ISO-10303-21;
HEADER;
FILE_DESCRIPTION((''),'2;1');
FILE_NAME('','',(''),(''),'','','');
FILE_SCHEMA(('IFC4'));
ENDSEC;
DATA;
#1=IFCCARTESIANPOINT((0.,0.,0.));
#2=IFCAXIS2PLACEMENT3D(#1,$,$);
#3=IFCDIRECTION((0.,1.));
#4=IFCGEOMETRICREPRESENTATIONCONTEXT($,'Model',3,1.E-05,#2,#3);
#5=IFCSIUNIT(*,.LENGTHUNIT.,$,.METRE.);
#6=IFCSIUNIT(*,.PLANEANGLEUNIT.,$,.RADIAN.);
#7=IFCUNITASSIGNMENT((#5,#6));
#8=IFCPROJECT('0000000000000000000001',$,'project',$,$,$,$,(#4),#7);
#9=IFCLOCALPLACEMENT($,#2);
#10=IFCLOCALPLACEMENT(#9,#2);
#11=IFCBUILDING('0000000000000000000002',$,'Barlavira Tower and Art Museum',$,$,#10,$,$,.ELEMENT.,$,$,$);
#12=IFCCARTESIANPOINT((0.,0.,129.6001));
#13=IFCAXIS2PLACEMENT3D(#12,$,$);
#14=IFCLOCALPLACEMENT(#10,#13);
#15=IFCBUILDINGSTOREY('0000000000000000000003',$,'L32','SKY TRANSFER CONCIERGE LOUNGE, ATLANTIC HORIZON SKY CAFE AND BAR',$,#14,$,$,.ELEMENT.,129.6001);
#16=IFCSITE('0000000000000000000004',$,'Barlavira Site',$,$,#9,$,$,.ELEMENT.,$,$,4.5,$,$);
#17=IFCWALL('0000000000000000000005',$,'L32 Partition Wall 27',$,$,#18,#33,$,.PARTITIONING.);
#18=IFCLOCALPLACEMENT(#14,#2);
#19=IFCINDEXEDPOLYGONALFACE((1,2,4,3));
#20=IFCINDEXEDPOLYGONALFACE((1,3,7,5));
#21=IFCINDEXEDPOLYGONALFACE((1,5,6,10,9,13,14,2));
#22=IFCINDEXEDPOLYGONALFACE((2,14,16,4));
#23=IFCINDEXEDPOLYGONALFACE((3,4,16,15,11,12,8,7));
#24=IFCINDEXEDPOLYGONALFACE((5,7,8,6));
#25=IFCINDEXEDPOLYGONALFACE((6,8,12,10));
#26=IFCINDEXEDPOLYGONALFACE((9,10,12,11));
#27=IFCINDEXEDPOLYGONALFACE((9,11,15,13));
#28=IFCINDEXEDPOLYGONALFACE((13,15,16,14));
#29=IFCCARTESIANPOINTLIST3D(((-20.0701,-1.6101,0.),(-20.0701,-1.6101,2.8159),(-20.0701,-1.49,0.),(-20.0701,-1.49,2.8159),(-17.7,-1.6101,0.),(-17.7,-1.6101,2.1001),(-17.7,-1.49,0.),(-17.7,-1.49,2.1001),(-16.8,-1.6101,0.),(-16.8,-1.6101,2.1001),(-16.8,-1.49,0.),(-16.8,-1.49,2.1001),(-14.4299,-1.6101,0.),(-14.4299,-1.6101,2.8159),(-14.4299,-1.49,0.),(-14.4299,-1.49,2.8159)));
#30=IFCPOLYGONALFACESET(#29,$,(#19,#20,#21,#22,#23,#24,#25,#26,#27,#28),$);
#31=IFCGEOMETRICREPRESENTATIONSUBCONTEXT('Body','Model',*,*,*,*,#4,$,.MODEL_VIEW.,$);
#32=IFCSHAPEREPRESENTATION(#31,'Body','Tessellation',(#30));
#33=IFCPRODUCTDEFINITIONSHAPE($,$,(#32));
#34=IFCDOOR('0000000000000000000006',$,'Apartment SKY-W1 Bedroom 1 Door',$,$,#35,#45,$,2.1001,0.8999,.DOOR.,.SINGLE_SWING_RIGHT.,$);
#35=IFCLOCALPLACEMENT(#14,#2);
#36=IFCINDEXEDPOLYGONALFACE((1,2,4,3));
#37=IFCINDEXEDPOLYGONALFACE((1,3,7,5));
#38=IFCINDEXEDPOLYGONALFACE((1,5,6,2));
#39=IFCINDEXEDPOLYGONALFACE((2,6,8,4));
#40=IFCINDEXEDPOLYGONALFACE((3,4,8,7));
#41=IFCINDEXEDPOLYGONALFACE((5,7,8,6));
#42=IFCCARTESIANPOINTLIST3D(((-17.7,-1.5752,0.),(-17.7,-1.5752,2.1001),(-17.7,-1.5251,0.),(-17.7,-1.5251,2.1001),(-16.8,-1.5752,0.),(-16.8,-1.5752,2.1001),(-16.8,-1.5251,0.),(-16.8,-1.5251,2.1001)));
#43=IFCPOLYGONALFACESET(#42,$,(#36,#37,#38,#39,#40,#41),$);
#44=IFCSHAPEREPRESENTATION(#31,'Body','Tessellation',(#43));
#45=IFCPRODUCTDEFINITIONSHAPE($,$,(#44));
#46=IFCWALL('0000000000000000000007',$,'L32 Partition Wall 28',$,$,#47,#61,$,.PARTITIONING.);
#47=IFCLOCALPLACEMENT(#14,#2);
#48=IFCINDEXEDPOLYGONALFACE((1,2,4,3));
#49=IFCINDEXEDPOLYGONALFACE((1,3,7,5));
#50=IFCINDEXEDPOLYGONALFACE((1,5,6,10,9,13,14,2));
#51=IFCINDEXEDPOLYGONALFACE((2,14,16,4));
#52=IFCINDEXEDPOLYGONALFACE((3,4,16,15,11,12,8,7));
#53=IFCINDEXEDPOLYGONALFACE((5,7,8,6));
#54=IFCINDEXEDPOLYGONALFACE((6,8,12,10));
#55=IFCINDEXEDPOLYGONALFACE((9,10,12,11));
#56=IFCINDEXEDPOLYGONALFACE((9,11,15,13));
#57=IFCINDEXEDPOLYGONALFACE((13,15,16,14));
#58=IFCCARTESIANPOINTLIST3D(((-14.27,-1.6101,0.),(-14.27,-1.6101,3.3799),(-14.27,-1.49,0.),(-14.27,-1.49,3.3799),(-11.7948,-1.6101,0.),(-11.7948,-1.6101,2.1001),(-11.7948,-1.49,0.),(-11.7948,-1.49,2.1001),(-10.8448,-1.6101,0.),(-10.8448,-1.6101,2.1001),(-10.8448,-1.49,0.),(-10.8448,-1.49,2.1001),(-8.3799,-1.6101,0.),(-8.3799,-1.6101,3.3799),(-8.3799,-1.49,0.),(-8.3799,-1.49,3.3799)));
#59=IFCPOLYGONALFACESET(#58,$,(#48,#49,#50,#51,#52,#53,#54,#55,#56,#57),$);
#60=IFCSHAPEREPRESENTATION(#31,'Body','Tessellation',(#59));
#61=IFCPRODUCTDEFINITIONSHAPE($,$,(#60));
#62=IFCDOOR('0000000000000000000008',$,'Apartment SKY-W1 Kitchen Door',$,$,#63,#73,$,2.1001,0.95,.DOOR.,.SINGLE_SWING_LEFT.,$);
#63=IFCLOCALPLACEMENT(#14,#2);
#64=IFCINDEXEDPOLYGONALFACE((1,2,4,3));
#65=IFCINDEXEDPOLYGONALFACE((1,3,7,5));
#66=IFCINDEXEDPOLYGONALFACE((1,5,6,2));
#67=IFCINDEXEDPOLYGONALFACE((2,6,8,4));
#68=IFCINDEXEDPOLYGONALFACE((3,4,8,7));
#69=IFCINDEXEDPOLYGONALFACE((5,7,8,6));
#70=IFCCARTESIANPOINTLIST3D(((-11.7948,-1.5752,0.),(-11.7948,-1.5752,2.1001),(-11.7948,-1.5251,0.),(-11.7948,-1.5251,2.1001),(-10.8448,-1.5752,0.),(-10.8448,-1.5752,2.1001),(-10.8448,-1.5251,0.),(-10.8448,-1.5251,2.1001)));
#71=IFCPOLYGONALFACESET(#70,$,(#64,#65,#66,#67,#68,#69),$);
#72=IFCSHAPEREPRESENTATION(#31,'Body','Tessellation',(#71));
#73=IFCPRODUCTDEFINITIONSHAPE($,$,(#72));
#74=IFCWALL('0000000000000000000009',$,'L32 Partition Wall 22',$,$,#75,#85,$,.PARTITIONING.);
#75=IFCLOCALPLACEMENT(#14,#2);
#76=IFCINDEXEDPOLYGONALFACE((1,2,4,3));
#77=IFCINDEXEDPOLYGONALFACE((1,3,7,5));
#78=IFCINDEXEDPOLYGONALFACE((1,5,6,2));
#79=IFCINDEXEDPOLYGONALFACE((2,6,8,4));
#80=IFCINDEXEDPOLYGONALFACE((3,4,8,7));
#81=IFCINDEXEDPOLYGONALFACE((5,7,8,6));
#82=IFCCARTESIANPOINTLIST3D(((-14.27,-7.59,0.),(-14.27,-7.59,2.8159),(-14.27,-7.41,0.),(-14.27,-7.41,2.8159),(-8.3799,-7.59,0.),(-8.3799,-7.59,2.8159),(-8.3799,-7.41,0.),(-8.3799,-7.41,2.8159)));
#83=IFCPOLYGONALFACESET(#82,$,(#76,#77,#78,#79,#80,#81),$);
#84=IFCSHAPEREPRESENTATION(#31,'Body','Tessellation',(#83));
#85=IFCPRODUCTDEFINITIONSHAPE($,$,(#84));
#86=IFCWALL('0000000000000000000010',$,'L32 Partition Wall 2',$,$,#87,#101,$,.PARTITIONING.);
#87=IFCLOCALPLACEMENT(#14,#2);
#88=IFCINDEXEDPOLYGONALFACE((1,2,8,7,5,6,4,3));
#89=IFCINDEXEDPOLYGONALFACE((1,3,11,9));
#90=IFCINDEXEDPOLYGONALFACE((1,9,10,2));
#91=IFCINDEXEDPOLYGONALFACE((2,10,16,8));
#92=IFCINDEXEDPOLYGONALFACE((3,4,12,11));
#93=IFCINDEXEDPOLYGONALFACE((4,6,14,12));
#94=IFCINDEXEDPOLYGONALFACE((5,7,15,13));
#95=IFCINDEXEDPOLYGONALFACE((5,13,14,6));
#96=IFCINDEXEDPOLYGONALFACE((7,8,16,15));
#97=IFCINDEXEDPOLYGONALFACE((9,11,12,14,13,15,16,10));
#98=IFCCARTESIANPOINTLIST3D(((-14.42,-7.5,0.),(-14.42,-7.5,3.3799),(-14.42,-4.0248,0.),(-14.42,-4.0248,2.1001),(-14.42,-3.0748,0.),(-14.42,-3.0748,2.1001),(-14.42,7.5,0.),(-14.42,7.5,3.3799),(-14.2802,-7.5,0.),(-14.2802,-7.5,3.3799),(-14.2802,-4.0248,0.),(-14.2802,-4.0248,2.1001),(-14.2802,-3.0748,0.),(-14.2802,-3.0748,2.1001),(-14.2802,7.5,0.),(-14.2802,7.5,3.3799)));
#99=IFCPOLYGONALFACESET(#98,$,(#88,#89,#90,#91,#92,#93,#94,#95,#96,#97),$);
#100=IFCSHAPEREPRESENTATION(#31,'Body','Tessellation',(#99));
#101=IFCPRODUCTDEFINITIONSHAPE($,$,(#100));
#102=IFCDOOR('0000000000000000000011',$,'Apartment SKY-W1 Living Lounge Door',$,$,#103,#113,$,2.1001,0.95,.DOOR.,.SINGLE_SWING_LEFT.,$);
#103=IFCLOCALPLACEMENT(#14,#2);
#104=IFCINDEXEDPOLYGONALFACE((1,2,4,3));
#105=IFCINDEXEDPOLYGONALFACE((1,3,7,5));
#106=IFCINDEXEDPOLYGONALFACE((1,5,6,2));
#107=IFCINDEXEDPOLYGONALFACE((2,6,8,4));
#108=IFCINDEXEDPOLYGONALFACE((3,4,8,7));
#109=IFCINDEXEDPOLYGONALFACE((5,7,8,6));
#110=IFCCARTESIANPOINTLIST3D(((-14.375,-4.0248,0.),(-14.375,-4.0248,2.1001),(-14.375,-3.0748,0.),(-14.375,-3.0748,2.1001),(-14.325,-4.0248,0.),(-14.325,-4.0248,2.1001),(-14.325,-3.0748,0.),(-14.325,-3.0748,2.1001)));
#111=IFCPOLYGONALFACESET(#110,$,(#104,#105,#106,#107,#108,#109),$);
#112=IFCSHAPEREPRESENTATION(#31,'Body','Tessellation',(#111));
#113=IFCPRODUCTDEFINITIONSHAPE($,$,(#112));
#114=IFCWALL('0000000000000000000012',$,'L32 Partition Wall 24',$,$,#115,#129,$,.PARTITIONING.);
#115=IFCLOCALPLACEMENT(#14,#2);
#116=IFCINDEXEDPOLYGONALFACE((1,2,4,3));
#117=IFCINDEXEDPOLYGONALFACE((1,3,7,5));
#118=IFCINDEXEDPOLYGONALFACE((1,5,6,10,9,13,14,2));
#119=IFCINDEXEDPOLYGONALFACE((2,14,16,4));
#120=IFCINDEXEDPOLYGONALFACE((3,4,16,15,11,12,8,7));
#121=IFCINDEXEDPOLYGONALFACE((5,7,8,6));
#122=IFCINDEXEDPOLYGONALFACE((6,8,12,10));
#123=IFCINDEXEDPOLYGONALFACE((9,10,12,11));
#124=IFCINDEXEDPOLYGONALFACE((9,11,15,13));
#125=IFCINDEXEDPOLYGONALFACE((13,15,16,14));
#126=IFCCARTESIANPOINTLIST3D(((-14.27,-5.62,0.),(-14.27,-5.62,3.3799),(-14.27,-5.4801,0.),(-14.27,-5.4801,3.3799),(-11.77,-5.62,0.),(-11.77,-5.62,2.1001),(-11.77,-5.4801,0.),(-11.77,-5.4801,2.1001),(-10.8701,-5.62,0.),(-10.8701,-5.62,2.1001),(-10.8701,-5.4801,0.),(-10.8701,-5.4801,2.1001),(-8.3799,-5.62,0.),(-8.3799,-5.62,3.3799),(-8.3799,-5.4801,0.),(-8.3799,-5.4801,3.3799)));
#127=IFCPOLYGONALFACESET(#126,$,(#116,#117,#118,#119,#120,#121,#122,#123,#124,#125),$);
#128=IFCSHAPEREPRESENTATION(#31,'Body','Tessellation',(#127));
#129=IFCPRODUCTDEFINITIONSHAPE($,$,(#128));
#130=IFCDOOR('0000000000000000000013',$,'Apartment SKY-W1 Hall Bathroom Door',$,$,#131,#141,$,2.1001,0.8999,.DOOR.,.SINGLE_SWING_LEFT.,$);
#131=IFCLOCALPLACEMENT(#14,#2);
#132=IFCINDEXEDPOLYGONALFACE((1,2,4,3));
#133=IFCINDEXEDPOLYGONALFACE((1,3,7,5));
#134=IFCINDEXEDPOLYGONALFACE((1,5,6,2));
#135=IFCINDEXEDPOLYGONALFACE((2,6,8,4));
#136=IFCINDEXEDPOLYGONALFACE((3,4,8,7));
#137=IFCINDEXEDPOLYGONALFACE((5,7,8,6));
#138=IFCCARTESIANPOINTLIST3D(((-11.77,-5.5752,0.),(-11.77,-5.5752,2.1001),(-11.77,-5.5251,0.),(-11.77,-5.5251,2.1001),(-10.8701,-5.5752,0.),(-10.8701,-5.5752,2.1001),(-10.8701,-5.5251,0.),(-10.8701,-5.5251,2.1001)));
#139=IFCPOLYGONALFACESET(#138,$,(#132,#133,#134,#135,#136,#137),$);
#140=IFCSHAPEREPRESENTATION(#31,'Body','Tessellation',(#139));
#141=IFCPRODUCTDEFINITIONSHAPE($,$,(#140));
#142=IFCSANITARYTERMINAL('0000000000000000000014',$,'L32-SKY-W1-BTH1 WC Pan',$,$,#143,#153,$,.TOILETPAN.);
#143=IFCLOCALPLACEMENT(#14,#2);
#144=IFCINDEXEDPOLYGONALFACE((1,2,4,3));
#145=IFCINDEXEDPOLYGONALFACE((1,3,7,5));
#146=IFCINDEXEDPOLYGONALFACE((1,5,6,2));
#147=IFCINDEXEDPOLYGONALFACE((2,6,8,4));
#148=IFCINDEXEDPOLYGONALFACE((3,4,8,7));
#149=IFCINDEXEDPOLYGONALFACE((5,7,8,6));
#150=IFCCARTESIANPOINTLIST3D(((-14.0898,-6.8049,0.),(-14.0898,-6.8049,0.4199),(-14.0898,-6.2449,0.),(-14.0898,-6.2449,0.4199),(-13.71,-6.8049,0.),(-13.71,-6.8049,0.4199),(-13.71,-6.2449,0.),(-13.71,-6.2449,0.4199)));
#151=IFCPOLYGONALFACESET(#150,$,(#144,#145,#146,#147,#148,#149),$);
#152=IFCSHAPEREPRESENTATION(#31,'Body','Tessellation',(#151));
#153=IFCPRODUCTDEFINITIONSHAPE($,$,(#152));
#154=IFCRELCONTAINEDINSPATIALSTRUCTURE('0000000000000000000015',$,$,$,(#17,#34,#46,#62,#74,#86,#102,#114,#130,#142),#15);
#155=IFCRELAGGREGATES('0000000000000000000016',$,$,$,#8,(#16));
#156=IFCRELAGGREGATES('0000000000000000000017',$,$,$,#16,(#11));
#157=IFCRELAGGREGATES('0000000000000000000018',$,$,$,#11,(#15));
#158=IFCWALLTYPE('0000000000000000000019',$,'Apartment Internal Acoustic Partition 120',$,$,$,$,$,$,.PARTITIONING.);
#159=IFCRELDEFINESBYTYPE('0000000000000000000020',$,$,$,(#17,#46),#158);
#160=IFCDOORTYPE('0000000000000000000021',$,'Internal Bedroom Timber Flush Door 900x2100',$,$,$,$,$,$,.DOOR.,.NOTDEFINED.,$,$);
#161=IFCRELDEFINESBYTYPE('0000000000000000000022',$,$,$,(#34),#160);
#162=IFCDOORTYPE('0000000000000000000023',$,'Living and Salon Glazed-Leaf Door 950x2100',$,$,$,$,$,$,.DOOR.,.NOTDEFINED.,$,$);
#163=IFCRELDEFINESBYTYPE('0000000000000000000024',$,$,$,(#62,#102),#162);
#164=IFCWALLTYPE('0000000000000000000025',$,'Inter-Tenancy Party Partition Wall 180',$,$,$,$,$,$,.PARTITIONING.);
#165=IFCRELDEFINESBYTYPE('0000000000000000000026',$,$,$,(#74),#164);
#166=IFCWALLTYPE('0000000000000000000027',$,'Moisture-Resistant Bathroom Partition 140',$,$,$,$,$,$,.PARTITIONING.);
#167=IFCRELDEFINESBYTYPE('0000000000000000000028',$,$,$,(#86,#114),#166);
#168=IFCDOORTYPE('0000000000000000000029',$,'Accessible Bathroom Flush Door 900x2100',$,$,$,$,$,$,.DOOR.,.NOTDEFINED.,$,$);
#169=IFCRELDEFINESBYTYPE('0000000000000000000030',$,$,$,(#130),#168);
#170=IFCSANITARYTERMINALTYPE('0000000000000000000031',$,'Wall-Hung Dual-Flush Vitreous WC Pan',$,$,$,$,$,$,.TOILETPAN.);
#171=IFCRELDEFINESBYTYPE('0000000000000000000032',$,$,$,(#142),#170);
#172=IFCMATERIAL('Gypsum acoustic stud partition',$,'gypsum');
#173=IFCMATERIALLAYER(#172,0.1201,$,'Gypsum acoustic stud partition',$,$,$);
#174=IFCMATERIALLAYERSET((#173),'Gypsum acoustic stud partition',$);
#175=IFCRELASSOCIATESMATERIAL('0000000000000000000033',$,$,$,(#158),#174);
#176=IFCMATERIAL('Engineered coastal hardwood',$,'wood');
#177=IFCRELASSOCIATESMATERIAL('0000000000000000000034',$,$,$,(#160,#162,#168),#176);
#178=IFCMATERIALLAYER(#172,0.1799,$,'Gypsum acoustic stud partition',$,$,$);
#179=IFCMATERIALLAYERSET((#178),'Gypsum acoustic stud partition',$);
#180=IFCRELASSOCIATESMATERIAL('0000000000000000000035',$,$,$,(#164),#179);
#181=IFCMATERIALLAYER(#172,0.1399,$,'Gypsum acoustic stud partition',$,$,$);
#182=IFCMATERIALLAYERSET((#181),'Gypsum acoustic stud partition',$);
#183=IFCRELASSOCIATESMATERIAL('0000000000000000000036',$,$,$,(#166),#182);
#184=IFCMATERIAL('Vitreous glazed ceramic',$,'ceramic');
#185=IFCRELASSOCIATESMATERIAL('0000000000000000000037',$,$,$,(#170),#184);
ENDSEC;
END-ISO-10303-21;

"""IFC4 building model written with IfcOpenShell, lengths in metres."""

from ifc_helpers import new_model, si_unit, direction, frame, frame_2d, origin, origin_2d, place, context, subcontext, project, spatial, rectangle, extrude, material, layer, layer_set, type_object, element, fill, save


model = new_model("IFC4")

# Units and contexts
model_context = context("Model", 3, precision=1e-05, world=origin(), true_north=direction((0.0, 1.0)))
body_context = subcontext(model_context, "Body", "Model", "MODEL_VIEW")
ifc_project = project(units=[si_unit("LENGTHUNIT", "METRE"), si_unit("PLANEANGLEUNIT", "RADIAN")], contexts=[model_context])

# Site, building, storey
site_placement = place(None, origin())
site = spatial("IfcSite", under=ifc_project, at=site_placement, Name="Barlavira Site", CompositionType="ELEMENT", RefElevation=4.5)
building_placement = place(site_placement, origin())
building = spatial("IfcBuilding", under=site, at=building_placement, Name="Barlavira Tower and Art Museum", CompositionType="ELEMENT")
storey_placement = place(building_placement, frame((0.0, 0.0, 129.6001)))
storey = spatial("IfcBuildingStorey", under=building, at=storey_placement, Name="L32", Description="SKY TRANSFER CONCIERGE LOUNGE, ATLANTIC HORIZON SKY CAFE AND BAR", CompositionType="ELEMENT", Elevation=129.6001)

# Walls, openings, doors
ifc_material_1 = material(Name="Gypsum acoustic stud partition", Category="gypsum")
ifc_layer_1 = layer(ifc_material_1, 0.1201, Name="Gypsum acoustic stud partition")
ifc_layer_set_1 = layer_set([ifc_layer_1], Name="Gypsum acoustic stud partition")
wall_type_1 = type_object("IfcWallType", Name="Apartment Internal Acoustic Partition 120", PredefinedType="PARTITIONING", material=ifc_layer_set_1)
wall_1_placement = place(storey_placement, frame((-20.0701, -1.55, 0.0), z_axis=(0.0, 0.0, 1.0), x_axis=(1.0, 0.0, 0.0)))
wall_1 = element("IfcWall", 1, at=wall_1_placement, inside=storey, type_object=wall_type_1, Name="L32 Partition Wall 27", PredefinedType="PARTITIONING", context=body_context, shape_type="SweptSolid", body=[
    extrude(rectangle(XDim=5.6401, YDim=0.1201, at=frame_2d((2.8201, 0.0))), origin(), (0.0, 0.0, 1.0), 2.8159),
])
opening_1_placement = place(wall_1_placement, frame((2.3701, 0.0, 0.0)))
opening_1 = element("IfcOpeningElement", 2, at=opening_1_placement, cuts=wall_1, PredefinedType="OPENING", context=body_context, shape_type="SweptSolid", body=[
    extrude(rectangle(XDim=0.8999, YDim=2.1001, at=frame_2d((0.45, 1.05))), frame((0.0, 0.0701, 0.0), z_axis=(0.0, -1.0, 0.0), x_axis=(1.0, 0.0, 0.0)), (0.0, 0.0, 1.0), 0.1401),
])
ifc_material_2 = material(Name="Engineered coastal hardwood", Category="wood")
door_type_1 = type_object("IfcDoorType", Name="Internal Bedroom Timber Flush Door 900x2100", OperationType="NOTDEFINED", PredefinedType="DOOR", material=ifc_material_2)
door_1_placement = place(opening_1_placement, origin())
door_1 = element("IfcDoor", 3, at=door_1_placement, inside=storey, type_object=door_type_1, Name="Apartment SKY-W1 Bedroom 1 Door", OperationType="SINGLE_SWING_RIGHT", OverallHeight=2.1001, OverallWidth=0.8999, PredefinedType="DOOR", context=body_context, shape_type="SweptSolid", body=[
    extrude(rectangle(XDim=0.8999, YDim=2.1001, at=frame_2d((0.45, 1.05))), frame((0.0, 0.0249, 0.0), z_axis=(0.0, -1.0, 0.0), x_axis=(1.0, 0.0, 0.0)), (0.0, 0.0, 1.0), 0.05),
])
fill(opening_1, door_1)
wall_2_placement = place(storey_placement, frame((-14.27, -1.55, 0.0), z_axis=(0.0, 0.0, 1.0), x_axis=(1.0, 0.0, 0.0)))
wall_2 = element("IfcWall", 4, at=wall_2_placement, inside=storey, type_object=wall_type_1, Name="L32 Partition Wall 28", PredefinedType="PARTITIONING", context=body_context, shape_type="SweptSolid", body=[
    extrude(rectangle(XDim=5.8901, YDim=0.1201, at=frame_2d((2.9451, 0.0))), origin(), (0.0, 0.0, 1.0), 3.3799),
])
opening_2_placement = place(wall_2_placement, frame((2.4751, 0.0, 0.0)))
opening_2 = element("IfcOpeningElement", 5, at=opening_2_placement, cuts=wall_2, PredefinedType="OPENING", context=body_context, shape_type="SweptSolid", body=[
    extrude(rectangle(XDim=0.95, YDim=2.1001, at=frame_2d((0.4751, 1.05))), frame((0.0, 0.0701, 0.0), z_axis=(0.0, -1.0, 0.0), x_axis=(1.0, 0.0, 0.0)), (0.0, 0.0, 1.0), 0.1401),
])
door_type_2 = type_object("IfcDoorType", Name="Living and Salon Glazed-Leaf Door 950x2100", OperationType="NOTDEFINED", PredefinedType="DOOR", material=ifc_material_2)
door_2_placement = place(opening_2_placement, origin())
door_2 = element("IfcDoor", 6, at=door_2_placement, inside=storey, type_object=door_type_2, Name="Apartment SKY-W1 Kitchen Door", OperationType="SINGLE_SWING_LEFT", OverallHeight=2.1001, OverallWidth=0.95, PredefinedType="DOOR", context=body_context, shape_type="SweptSolid", body=[
    extrude(rectangle(XDim=0.95, YDim=2.1001, at=frame_2d((0.4751, 1.05))), frame((0.0, 0.0249, 0.0), z_axis=(0.0, -1.0, 0.0), x_axis=(1.0, 0.0, 0.0)), (0.0, 0.0, 1.0), 0.05),
])
fill(opening_2, door_2)

# Wall
ifc_layer_2 = layer(ifc_material_1, 0.1799, Name="Gypsum acoustic stud partition")
ifc_layer_set_2 = layer_set([ifc_layer_2], Name="Gypsum acoustic stud partition")
wall_type_2 = type_object("IfcWallType", Name="Inter-Tenancy Party Partition Wall 180", PredefinedType="PARTITIONING", material=ifc_layer_set_2)
wall_3_placement = place(storey_placement, frame((-14.27, -7.5, 0.0), z_axis=(0.0, 0.0, 1.0), x_axis=(1.0, 0.0, 0.0)))
element("IfcWall", 7, at=wall_3_placement, inside=storey, type_object=wall_type_2, Name="L32 Partition Wall 22", PredefinedType="PARTITIONING", context=body_context, shape_type="SweptSolid", body=[
    extrude(rectangle(XDim=5.8901, YDim=0.1799, at=frame_2d((2.9451, 0.0))), origin(), (0.0, 0.0, 1.0), 2.8159),
])

# Walls, openings, doors
ifc_layer_3 = layer(ifc_material_1, 0.1399, Name="Gypsum acoustic stud partition")
ifc_layer_set_3 = layer_set([ifc_layer_3], Name="Gypsum acoustic stud partition")
wall_type_3 = type_object("IfcWallType", Name="Moisture-Resistant Bathroom Partition 140", PredefinedType="PARTITIONING", material=ifc_layer_set_3)
wall_4_placement = place(storey_placement, frame((-14.3501, -7.5, 0.0), z_axis=(0.0, 0.0, 1.0), x_axis=(0.0, 1.0, 0.0)))
wall_4 = element("IfcWall", 8, at=wall_4_placement, inside=storey, type_object=wall_type_3, Name="L32 Partition Wall 2", PredefinedType="PARTITIONING", context=body_context, shape_type="SweptSolid", body=[
    extrude(rectangle(XDim=15.0, YDim=0.1399, at=frame_2d((7.5, 0.0))), origin(), (0.0, 0.0, 1.0), 3.3799),
])
opening_3_placement = place(wall_4_placement, frame((3.4751, 0.0, 0.0)))
opening_3 = element("IfcOpeningElement", 9, at=opening_3_placement, cuts=wall_4, PredefinedType="OPENING", context=body_context, shape_type="SweptSolid", body=[
    extrude(rectangle(XDim=0.95, YDim=2.1001, at=frame_2d((0.4751, 1.05))), frame((0.0, 0.0801, 0.0), z_axis=(0.0, -1.0, 0.0), x_axis=(1.0, 0.0, 0.0)), (0.0, 0.0, 1.0), 0.1599),
])
door_3_placement = place(opening_3_placement, origin())
door_3 = element("IfcDoor", 10, at=door_3_placement, inside=storey, type_object=door_type_2, Name="Apartment SKY-W1 Living Lounge Door", OperationType="SINGLE_SWING_LEFT", OverallHeight=2.1001, OverallWidth=0.95, PredefinedType="DOOR", context=body_context, shape_type="SweptSolid", body=[
    extrude(rectangle(XDim=0.95, YDim=2.1001, at=frame_2d((0.4751, 1.05))), frame((0.0, 0.0249, 0.0), z_axis=(0.0, -1.0, 0.0), x_axis=(1.0, 0.0, 0.0)), (0.0, 0.0, 1.0), 0.05),
])
fill(opening_3, door_3)
wall_5_placement = place(storey_placement, frame((-14.27, -5.55, 0.0), z_axis=(0.0, 0.0, 1.0), x_axis=(1.0, 0.0, 0.0)))
wall_5 = element("IfcWall", 11, at=wall_5_placement, inside=storey, type_object=wall_type_3, Name="L32 Partition Wall 24", PredefinedType="PARTITIONING", context=body_context, shape_type="SweptSolid", body=[
    extrude(rectangle(XDim=5.8901, YDim=0.1399, at=frame_2d((2.9451, 0.0))), origin(), (0.0, 0.0, 1.0), 3.3799),
])
opening_4_placement = place(wall_5_placement, frame((2.5, 0.0, 0.0)))
opening_4 = element("IfcOpeningElement", 12, at=opening_4_placement, cuts=wall_5, PredefinedType="OPENING", context=body_context, shape_type="SweptSolid", body=[
    extrude(rectangle(XDim=0.8999, YDim=2.1001, at=frame_2d((0.45, 1.05))), frame((0.0, 0.0801, 0.0), z_axis=(0.0, -1.0, 0.0), x_axis=(1.0, 0.0, 0.0)), (0.0, 0.0, 1.0), 0.1599),
])
door_type_3 = type_object("IfcDoorType", Name="Accessible Bathroom Flush Door 900x2100", OperationType="NOTDEFINED", PredefinedType="DOOR", material=ifc_material_2)
door_4_placement = place(opening_4_placement, origin())
door_4 = element("IfcDoor", 13, at=door_4_placement, inside=storey, type_object=door_type_3, Name="Apartment SKY-W1 Hall Bathroom Door", OperationType="SINGLE_SWING_LEFT", OverallHeight=2.1001, OverallWidth=0.8999, PredefinedType="DOOR", context=body_context, shape_type="SweptSolid", body=[
    extrude(rectangle(XDim=0.8999, YDim=2.1001, at=frame_2d((0.45, 1.05))), frame((0.0, 0.0249, 0.0), z_axis=(0.0, -1.0, 0.0), x_axis=(1.0, 0.0, 0.0)), (0.0, 0.0, 1.0), 0.05),
])
fill(opening_4, door_4)

# Sanitary terminal
ifc_material_3 = material(Name="Vitreous glazed ceramic", Category="ceramic")
sanitary_terminal_type = type_object("IfcSanitaryTerminalType", Name="Wall-Hung Dual-Flush Vitreous WC Pan", PredefinedType="TOILETPAN", material=ifc_material_3)
sanitary_terminal_placement = place(storey_placement, frame((-13.8999, -6.5249, 0.0), z_axis=(0.0, 0.0, 1.0), x_axis=(1.0, 0.0, 0.0)))
element("IfcSanitaryTerminal", 14, at=sanitary_terminal_placement, inside=storey, type_object=sanitary_terminal_type, Name="L32-SKY-W1-BTH1 WC Pan", PredefinedType="TOILETPAN", context=body_context, shape_type="SweptSolid", body=[
    extrude(rectangle(XDim=0.3799, YDim=0.5601, at=origin_2d()), origin(), (0.0, 0.0, 1.0), 0.4199),
])

save(model, "model.ifc")
